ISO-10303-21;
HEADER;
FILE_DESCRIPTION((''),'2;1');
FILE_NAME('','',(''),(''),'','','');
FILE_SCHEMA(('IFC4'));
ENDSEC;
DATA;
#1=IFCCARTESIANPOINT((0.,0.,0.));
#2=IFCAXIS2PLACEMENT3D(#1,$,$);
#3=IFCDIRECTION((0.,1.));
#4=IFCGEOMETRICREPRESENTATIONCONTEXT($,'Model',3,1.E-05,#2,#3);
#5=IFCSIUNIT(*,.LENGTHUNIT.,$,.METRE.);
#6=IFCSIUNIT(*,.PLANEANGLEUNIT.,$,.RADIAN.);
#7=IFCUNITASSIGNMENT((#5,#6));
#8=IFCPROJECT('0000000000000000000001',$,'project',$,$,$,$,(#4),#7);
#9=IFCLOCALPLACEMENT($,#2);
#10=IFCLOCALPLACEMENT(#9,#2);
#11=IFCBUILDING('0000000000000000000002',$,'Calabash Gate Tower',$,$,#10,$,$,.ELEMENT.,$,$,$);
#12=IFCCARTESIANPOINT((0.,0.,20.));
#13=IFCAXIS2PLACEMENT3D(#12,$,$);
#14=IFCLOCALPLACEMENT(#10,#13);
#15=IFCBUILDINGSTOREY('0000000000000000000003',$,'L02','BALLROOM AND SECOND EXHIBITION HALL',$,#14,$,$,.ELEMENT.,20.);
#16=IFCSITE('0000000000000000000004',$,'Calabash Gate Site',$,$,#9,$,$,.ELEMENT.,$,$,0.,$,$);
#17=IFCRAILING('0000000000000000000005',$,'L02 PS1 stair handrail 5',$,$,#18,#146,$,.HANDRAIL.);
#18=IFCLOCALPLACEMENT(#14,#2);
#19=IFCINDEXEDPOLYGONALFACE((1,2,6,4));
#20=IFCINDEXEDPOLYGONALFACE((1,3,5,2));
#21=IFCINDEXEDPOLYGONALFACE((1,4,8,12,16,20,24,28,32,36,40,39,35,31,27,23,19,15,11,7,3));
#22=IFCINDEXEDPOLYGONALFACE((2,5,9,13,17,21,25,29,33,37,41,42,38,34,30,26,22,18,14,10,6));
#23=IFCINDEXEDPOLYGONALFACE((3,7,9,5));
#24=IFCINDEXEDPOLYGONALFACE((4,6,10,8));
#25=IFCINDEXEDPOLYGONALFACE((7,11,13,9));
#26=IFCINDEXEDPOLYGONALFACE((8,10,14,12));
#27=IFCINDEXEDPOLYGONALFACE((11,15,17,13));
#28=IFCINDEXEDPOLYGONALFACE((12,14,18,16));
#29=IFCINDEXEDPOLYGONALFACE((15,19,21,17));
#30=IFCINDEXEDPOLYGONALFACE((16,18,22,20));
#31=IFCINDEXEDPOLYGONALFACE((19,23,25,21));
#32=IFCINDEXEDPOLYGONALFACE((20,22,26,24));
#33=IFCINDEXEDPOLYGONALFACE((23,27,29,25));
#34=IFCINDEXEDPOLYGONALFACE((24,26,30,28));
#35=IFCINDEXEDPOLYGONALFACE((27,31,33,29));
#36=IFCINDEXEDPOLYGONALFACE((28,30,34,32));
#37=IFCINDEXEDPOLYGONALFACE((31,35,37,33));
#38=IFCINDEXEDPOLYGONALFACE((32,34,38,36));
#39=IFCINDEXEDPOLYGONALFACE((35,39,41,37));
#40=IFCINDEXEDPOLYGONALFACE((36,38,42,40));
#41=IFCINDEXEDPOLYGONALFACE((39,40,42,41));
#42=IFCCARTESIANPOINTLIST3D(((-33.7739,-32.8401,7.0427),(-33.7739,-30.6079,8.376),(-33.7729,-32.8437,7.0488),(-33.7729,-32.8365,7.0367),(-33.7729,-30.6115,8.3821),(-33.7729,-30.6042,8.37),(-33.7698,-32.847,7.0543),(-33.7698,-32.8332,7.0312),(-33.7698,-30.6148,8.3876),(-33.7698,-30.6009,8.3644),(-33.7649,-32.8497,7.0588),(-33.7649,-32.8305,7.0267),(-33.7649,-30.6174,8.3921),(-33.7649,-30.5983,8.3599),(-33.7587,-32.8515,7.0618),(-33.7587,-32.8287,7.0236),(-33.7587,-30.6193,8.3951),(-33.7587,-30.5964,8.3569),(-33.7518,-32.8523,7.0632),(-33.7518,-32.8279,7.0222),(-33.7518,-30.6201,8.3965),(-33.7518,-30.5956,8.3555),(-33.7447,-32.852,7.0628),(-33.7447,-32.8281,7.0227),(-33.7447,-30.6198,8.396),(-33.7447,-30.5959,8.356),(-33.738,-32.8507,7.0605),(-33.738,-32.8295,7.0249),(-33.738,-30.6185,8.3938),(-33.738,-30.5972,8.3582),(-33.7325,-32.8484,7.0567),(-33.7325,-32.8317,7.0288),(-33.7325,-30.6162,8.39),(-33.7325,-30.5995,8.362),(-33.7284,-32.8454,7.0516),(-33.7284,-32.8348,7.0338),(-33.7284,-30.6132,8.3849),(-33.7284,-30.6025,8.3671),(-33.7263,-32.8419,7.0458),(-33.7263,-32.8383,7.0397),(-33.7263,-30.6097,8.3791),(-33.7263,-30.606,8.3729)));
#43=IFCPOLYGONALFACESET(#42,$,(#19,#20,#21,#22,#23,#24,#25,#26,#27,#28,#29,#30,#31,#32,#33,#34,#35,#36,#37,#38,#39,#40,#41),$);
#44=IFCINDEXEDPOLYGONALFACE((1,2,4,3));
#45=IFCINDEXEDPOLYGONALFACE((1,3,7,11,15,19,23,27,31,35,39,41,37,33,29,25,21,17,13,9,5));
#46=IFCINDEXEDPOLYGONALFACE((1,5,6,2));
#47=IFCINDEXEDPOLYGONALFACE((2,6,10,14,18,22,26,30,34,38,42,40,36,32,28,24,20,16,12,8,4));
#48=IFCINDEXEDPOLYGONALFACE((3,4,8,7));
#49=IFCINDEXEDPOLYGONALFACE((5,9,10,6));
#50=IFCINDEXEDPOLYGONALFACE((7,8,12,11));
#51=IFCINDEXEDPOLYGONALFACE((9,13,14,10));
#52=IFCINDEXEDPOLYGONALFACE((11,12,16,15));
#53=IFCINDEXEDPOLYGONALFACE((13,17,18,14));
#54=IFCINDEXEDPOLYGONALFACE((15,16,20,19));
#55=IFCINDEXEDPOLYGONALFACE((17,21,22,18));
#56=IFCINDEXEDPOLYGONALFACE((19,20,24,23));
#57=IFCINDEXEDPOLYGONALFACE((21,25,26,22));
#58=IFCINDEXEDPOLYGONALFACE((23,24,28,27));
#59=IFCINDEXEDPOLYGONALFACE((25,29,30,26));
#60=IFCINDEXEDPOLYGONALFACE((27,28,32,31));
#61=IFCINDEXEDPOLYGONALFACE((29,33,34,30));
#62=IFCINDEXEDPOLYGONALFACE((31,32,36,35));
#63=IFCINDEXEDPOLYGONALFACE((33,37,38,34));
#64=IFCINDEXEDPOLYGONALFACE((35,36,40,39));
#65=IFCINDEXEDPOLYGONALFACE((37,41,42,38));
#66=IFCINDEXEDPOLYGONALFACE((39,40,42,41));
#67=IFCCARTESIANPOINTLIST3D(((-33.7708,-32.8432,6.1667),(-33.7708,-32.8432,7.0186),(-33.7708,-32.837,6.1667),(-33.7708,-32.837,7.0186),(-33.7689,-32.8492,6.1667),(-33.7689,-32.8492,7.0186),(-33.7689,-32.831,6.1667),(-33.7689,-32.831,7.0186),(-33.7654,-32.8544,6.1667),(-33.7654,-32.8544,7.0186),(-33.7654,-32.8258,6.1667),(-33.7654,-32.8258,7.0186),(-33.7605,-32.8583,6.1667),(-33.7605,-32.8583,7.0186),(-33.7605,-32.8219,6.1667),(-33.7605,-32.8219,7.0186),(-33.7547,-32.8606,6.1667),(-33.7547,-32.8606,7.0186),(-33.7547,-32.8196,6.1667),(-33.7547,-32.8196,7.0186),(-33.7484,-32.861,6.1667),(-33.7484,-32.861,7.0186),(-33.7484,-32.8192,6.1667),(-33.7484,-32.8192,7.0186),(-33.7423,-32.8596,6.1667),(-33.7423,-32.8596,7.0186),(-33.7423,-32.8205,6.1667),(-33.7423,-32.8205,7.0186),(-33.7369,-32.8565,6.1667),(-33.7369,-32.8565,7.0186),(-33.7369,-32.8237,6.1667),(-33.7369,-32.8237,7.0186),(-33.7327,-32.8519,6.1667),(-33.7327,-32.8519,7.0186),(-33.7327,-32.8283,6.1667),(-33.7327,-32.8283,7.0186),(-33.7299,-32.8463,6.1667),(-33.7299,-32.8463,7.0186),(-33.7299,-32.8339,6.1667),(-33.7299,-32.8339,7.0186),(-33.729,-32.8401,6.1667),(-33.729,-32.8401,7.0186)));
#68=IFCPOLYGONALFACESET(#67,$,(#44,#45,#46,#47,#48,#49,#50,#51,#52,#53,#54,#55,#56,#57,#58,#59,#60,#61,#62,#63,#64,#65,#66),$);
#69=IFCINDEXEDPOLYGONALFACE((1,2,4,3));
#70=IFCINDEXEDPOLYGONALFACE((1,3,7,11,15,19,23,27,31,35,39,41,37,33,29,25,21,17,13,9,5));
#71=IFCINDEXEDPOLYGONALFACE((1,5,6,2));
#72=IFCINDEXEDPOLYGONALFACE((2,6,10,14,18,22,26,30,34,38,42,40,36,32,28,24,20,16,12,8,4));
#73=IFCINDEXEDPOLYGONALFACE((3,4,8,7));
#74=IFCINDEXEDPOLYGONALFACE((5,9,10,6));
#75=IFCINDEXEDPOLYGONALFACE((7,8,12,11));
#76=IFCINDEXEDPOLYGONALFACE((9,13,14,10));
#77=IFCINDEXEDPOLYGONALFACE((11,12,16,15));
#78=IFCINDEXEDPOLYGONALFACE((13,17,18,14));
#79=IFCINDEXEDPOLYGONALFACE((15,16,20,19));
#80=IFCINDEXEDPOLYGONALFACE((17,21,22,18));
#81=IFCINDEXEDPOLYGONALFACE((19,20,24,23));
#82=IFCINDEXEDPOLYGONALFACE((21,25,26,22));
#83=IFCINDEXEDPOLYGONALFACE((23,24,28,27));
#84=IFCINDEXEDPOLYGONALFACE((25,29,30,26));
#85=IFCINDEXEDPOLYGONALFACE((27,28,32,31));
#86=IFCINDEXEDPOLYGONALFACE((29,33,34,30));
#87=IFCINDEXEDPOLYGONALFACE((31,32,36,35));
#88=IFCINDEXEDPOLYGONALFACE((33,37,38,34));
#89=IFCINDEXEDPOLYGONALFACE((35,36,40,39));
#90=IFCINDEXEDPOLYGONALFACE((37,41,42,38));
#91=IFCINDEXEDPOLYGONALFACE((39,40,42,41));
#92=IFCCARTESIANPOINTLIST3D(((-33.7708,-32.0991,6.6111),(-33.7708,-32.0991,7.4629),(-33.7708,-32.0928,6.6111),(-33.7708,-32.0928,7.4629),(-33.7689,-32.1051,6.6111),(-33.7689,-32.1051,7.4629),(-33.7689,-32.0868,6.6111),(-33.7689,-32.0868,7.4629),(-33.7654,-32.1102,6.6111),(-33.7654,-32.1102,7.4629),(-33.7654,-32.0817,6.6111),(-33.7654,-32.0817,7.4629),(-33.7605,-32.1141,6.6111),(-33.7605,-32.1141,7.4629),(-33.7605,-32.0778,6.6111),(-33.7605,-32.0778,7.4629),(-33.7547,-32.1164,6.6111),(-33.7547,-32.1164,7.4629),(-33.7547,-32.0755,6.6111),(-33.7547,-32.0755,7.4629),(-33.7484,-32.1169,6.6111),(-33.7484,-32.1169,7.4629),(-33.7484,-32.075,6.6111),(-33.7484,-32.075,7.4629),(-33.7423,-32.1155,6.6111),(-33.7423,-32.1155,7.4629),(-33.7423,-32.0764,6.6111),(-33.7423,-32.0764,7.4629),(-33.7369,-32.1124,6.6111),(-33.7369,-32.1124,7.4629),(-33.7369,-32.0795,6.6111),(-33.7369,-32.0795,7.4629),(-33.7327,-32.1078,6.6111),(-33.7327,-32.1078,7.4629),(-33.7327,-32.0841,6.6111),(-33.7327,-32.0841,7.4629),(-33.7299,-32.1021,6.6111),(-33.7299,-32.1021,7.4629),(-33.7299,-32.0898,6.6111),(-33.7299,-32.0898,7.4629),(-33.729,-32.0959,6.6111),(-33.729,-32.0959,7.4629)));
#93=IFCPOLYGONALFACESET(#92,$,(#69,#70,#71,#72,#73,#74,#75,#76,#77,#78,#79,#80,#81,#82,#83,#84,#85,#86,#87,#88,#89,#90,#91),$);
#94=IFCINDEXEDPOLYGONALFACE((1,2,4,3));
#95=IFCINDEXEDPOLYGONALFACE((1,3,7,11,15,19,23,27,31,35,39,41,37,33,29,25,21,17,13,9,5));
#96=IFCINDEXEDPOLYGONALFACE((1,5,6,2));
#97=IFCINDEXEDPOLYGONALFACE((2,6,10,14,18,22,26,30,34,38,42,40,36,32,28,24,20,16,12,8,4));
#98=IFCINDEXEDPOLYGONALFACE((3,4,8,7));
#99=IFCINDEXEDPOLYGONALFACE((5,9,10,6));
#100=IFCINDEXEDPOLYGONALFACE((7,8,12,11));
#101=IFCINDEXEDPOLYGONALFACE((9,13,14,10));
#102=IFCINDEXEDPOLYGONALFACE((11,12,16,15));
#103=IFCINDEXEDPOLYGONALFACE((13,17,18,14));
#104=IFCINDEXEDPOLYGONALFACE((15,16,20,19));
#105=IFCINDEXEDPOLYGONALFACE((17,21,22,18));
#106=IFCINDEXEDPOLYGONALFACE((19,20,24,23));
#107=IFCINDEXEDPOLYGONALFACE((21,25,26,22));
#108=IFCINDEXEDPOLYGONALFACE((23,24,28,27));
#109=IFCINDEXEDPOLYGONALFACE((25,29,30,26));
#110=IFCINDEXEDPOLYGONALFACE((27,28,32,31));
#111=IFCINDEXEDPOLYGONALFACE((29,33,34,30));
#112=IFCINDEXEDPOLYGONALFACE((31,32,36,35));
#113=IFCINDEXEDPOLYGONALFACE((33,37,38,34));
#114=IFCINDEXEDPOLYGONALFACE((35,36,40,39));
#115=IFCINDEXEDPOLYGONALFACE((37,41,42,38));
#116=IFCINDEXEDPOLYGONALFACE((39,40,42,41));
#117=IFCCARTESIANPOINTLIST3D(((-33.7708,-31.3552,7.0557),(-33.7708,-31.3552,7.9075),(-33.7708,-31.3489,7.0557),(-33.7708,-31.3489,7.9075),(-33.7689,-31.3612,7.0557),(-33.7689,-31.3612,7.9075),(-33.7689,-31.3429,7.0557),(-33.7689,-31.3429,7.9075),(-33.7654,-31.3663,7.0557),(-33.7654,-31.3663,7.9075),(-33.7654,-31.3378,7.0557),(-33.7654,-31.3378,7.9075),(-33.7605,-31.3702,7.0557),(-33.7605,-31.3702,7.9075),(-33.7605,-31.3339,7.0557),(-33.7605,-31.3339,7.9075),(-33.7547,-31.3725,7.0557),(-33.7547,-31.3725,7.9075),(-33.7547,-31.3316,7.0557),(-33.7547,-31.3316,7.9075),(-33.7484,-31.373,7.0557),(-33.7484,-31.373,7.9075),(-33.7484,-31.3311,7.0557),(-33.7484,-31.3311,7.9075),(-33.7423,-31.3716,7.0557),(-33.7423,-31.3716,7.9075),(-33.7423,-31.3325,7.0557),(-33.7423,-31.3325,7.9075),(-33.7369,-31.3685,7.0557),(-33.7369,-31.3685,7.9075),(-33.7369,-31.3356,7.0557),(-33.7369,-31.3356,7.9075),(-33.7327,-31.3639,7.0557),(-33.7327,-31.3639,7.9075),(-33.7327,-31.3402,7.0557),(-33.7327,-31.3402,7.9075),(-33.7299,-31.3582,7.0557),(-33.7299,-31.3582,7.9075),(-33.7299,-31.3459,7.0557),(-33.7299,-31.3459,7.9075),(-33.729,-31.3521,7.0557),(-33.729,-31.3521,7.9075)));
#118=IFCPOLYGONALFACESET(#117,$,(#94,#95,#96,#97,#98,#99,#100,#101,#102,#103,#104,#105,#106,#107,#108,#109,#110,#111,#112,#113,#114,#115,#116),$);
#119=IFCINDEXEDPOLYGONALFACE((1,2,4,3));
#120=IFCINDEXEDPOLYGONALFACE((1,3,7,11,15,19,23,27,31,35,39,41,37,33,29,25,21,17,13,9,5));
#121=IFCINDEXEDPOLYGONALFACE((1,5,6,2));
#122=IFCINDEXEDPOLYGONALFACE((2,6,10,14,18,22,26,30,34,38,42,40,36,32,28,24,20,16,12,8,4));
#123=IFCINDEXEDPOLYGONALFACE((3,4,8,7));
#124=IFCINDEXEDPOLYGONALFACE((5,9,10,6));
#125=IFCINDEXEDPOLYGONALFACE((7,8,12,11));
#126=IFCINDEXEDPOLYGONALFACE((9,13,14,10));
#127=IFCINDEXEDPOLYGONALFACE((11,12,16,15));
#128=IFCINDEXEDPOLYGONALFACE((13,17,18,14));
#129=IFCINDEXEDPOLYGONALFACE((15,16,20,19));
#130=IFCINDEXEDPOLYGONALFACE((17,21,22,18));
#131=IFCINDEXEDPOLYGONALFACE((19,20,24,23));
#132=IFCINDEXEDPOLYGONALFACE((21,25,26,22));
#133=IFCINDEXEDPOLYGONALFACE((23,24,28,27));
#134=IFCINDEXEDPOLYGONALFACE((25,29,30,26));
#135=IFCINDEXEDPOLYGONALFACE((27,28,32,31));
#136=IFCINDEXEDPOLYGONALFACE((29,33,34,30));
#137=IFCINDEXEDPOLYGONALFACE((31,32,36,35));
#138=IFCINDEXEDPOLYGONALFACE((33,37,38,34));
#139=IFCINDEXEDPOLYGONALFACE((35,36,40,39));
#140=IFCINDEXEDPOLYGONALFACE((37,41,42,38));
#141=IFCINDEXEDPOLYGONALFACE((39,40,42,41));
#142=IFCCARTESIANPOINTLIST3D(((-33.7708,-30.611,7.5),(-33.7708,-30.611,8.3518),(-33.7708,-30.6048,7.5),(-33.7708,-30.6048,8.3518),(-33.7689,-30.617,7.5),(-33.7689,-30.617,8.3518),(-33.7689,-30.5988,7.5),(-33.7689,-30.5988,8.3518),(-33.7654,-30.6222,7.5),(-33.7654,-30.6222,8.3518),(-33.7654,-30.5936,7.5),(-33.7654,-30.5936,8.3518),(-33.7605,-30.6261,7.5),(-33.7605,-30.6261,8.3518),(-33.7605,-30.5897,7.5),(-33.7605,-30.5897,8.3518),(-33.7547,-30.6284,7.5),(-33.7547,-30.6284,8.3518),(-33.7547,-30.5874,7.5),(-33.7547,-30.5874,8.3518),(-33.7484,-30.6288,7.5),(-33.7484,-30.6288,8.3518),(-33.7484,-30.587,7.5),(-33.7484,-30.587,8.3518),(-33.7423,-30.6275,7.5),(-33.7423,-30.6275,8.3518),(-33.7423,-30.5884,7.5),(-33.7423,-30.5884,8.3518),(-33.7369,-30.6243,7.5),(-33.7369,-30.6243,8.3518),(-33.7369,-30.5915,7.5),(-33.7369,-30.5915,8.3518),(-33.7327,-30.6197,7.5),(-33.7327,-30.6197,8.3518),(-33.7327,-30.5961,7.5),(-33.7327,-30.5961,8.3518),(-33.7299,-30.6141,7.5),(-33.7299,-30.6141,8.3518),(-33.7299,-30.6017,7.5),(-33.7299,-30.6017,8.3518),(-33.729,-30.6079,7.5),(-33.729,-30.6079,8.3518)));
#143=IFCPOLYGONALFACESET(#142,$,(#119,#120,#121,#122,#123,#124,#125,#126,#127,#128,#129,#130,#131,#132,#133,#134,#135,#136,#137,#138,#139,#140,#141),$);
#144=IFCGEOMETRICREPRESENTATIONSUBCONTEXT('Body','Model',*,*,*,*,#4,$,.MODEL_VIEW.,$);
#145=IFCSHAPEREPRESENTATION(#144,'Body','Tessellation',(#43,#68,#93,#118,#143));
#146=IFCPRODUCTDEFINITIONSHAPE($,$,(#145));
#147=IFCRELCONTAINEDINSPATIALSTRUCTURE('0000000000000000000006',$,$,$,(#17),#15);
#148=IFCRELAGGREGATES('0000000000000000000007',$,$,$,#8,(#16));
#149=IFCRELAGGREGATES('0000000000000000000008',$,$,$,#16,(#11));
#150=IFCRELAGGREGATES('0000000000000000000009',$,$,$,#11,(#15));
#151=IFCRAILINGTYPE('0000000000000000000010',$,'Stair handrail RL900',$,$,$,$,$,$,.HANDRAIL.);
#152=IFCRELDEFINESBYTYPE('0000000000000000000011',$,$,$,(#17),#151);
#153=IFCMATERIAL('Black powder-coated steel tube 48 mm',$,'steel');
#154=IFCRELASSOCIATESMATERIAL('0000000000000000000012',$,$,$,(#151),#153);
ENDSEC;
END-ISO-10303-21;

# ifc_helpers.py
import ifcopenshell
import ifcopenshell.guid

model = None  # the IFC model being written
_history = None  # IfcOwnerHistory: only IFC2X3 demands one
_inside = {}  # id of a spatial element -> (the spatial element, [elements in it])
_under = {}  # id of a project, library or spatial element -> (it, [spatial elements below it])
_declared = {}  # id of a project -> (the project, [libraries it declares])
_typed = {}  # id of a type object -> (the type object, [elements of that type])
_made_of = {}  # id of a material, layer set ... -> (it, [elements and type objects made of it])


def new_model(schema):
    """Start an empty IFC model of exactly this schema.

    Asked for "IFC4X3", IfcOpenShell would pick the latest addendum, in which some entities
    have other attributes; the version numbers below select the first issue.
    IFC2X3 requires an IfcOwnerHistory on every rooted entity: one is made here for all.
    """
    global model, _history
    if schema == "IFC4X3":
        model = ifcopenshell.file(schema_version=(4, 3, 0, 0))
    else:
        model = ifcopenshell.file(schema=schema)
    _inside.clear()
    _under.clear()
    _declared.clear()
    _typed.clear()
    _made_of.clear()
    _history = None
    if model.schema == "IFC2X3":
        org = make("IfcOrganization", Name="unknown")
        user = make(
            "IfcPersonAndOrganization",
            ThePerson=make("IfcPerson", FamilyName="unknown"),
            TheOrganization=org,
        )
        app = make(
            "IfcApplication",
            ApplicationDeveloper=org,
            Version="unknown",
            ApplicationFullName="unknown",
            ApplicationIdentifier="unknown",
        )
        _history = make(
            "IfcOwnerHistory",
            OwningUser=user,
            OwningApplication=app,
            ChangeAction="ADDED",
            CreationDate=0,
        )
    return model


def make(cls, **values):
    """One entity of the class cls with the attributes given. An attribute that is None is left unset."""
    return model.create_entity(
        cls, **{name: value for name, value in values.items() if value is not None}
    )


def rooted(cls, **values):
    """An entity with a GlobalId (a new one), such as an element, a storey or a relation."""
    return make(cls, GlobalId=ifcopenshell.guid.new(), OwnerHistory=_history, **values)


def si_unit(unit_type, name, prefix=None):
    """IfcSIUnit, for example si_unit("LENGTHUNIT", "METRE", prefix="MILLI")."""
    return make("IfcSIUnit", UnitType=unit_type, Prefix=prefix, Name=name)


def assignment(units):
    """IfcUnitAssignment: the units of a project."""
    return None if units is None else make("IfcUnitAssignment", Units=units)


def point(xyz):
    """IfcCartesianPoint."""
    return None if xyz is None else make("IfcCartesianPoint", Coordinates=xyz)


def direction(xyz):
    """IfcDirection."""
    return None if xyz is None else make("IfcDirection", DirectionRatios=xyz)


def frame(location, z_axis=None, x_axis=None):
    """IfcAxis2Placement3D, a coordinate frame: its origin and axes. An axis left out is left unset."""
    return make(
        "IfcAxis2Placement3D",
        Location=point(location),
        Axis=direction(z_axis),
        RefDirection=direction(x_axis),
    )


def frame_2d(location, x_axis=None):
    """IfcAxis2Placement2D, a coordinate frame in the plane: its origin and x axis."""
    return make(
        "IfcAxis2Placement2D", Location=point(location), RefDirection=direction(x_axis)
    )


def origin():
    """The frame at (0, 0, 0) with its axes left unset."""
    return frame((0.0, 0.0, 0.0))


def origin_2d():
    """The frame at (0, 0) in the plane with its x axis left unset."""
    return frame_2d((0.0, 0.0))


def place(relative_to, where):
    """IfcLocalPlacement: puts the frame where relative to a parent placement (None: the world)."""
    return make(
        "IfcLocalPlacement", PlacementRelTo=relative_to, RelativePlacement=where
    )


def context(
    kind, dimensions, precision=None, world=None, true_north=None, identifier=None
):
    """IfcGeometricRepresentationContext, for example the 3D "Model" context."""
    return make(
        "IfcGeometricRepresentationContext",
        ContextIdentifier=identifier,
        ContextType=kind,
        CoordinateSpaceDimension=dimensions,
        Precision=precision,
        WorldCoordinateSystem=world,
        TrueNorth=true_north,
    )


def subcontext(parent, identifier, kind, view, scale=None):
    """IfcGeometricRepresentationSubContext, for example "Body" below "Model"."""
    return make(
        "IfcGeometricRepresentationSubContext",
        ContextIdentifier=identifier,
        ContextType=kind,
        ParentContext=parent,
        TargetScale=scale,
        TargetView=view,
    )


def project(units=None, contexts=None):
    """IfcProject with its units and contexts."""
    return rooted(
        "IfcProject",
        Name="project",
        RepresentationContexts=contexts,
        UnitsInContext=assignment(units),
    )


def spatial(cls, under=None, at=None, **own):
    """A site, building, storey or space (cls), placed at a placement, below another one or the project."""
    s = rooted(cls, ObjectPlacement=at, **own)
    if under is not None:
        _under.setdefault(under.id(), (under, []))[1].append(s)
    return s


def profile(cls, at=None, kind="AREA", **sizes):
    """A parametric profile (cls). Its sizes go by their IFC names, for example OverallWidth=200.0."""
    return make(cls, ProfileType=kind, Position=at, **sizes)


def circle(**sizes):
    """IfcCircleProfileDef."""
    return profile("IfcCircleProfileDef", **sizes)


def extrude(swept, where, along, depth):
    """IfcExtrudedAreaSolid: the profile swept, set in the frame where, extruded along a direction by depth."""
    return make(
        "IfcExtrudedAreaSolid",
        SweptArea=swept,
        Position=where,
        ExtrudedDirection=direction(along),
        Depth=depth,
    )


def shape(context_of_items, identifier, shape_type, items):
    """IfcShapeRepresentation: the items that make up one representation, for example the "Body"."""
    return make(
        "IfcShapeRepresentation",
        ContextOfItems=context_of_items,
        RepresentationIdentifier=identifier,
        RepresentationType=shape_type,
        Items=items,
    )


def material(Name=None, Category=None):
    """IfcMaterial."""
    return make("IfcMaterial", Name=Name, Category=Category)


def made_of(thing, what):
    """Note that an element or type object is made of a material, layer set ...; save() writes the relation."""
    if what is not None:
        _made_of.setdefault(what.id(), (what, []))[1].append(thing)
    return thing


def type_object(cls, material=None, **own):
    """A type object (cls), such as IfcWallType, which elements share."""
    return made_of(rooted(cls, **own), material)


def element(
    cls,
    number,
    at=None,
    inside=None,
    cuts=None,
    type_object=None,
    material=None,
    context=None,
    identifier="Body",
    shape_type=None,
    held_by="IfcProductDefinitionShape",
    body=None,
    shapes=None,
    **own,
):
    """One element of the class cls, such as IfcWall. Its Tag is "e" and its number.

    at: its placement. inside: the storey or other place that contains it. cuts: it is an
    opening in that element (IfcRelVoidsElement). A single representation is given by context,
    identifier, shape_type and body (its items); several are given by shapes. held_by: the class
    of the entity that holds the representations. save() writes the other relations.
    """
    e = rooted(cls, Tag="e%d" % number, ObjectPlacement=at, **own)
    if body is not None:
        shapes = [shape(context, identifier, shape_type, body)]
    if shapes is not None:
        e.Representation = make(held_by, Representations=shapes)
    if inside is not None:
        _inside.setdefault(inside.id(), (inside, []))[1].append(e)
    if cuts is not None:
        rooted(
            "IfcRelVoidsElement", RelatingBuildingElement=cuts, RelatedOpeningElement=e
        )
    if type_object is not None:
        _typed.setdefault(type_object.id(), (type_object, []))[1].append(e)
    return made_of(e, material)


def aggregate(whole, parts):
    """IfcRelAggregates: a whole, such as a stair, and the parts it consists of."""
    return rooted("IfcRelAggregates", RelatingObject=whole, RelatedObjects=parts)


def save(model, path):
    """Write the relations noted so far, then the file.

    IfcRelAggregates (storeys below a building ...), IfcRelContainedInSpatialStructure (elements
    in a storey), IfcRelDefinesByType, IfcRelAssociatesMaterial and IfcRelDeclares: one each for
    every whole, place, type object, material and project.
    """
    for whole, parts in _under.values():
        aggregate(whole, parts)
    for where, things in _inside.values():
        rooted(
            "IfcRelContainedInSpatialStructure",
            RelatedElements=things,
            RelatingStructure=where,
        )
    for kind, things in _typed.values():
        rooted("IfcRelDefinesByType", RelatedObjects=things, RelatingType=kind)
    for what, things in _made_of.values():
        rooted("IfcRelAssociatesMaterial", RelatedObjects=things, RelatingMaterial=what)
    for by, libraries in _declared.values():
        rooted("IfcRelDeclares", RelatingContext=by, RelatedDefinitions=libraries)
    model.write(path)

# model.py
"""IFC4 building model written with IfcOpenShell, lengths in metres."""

from ifc_helpers import new_model, si_unit, direction, frame, origin, origin_2d, place, context, subcontext, project, spatial, circle, extrude, material, type_object, element, save


model = new_model("IFC4")

# Units and contexts
model_context = context("Model", 3, precision=1e-05, world=origin(), true_north=direction((0.0, 1.0)))
body_context = subcontext(model_context, "Body", "Model", "MODEL_VIEW")
ifc_project = project(units=[si_unit("LENGTHUNIT", "METRE"), si_unit("PLANEANGLEUNIT", "RADIAN")], contexts=[model_context])

# Site, building, storey
site_placement = place(None, origin())
site = spatial("IfcSite", under=ifc_project, at=site_placement, Name="Calabash Gate Site", CompositionType="ELEMENT", RefElevation=0.0)
building_placement = place(site_placement, origin())
building = spatial("IfcBuilding", under=site, at=building_placement, Name="Calabash Gate Tower", CompositionType="ELEMENT")
storey_placement = place(building_placement, frame((0.0, 0.0, 20.0)))
storey = spatial("IfcBuildingStorey", under=building, at=storey_placement, Name="L02", Description="BALLROOM AND SECOND EXHIBITION HALL", CompositionType="ELEMENT", Elevation=20.0)

# Railing
ifc_material_1 = material(Name="Black powder-coated steel tube 48 mm", Category="steel")
railing_type_1 = type_object("IfcRailingType", Name="Stair handrail RL900", PredefinedType="HANDRAIL", material=ifc_material_1)
for number, where, name in (
    (1, (-33.75, -32.8401, 6.1667), "L02 PS1 stair handrail 5"),
):
    element("IfcRailing", number, at=place(storey_placement, frame(where)), inside=storey, type_object=railing_type_1, Name=name, PredefinedType="HANDRAIL", context=body_context, shape_type="SweptSolid", body=[
        extrude(circle(Radius=0.0239, at=origin_2d()), frame((0.0, 0.0, 0.876), z_axis=(0.0, 0.858519, 0.512782), x_axis=(-1.0, 0.0, 0.0)), (0.0, 0.0, 1.0), 2.6001),
        extrude(circle(Radius=0.021, at=origin_2d()), origin(), (0.0, 0.0, 1.0), 0.8518),
        extrude(circle(Radius=0.021, at=origin_2d()), frame((0.0, 0.7441, 0.4443)), (0.0, 0.0, 1.0), 0.8518),
        extrude(circle(Radius=0.021, at=origin_2d()), frame((0.0, 1.488, 0.8889)), (0.0, 0.0, 1.0), 0.8518),
        extrude(circle(Radius=0.021, at=origin_2d()), frame((0.0, 2.2322, 1.3333)), (0.0, 0.0, 1.0), 0.8518),
    ])

save(model, "model.ifc")
